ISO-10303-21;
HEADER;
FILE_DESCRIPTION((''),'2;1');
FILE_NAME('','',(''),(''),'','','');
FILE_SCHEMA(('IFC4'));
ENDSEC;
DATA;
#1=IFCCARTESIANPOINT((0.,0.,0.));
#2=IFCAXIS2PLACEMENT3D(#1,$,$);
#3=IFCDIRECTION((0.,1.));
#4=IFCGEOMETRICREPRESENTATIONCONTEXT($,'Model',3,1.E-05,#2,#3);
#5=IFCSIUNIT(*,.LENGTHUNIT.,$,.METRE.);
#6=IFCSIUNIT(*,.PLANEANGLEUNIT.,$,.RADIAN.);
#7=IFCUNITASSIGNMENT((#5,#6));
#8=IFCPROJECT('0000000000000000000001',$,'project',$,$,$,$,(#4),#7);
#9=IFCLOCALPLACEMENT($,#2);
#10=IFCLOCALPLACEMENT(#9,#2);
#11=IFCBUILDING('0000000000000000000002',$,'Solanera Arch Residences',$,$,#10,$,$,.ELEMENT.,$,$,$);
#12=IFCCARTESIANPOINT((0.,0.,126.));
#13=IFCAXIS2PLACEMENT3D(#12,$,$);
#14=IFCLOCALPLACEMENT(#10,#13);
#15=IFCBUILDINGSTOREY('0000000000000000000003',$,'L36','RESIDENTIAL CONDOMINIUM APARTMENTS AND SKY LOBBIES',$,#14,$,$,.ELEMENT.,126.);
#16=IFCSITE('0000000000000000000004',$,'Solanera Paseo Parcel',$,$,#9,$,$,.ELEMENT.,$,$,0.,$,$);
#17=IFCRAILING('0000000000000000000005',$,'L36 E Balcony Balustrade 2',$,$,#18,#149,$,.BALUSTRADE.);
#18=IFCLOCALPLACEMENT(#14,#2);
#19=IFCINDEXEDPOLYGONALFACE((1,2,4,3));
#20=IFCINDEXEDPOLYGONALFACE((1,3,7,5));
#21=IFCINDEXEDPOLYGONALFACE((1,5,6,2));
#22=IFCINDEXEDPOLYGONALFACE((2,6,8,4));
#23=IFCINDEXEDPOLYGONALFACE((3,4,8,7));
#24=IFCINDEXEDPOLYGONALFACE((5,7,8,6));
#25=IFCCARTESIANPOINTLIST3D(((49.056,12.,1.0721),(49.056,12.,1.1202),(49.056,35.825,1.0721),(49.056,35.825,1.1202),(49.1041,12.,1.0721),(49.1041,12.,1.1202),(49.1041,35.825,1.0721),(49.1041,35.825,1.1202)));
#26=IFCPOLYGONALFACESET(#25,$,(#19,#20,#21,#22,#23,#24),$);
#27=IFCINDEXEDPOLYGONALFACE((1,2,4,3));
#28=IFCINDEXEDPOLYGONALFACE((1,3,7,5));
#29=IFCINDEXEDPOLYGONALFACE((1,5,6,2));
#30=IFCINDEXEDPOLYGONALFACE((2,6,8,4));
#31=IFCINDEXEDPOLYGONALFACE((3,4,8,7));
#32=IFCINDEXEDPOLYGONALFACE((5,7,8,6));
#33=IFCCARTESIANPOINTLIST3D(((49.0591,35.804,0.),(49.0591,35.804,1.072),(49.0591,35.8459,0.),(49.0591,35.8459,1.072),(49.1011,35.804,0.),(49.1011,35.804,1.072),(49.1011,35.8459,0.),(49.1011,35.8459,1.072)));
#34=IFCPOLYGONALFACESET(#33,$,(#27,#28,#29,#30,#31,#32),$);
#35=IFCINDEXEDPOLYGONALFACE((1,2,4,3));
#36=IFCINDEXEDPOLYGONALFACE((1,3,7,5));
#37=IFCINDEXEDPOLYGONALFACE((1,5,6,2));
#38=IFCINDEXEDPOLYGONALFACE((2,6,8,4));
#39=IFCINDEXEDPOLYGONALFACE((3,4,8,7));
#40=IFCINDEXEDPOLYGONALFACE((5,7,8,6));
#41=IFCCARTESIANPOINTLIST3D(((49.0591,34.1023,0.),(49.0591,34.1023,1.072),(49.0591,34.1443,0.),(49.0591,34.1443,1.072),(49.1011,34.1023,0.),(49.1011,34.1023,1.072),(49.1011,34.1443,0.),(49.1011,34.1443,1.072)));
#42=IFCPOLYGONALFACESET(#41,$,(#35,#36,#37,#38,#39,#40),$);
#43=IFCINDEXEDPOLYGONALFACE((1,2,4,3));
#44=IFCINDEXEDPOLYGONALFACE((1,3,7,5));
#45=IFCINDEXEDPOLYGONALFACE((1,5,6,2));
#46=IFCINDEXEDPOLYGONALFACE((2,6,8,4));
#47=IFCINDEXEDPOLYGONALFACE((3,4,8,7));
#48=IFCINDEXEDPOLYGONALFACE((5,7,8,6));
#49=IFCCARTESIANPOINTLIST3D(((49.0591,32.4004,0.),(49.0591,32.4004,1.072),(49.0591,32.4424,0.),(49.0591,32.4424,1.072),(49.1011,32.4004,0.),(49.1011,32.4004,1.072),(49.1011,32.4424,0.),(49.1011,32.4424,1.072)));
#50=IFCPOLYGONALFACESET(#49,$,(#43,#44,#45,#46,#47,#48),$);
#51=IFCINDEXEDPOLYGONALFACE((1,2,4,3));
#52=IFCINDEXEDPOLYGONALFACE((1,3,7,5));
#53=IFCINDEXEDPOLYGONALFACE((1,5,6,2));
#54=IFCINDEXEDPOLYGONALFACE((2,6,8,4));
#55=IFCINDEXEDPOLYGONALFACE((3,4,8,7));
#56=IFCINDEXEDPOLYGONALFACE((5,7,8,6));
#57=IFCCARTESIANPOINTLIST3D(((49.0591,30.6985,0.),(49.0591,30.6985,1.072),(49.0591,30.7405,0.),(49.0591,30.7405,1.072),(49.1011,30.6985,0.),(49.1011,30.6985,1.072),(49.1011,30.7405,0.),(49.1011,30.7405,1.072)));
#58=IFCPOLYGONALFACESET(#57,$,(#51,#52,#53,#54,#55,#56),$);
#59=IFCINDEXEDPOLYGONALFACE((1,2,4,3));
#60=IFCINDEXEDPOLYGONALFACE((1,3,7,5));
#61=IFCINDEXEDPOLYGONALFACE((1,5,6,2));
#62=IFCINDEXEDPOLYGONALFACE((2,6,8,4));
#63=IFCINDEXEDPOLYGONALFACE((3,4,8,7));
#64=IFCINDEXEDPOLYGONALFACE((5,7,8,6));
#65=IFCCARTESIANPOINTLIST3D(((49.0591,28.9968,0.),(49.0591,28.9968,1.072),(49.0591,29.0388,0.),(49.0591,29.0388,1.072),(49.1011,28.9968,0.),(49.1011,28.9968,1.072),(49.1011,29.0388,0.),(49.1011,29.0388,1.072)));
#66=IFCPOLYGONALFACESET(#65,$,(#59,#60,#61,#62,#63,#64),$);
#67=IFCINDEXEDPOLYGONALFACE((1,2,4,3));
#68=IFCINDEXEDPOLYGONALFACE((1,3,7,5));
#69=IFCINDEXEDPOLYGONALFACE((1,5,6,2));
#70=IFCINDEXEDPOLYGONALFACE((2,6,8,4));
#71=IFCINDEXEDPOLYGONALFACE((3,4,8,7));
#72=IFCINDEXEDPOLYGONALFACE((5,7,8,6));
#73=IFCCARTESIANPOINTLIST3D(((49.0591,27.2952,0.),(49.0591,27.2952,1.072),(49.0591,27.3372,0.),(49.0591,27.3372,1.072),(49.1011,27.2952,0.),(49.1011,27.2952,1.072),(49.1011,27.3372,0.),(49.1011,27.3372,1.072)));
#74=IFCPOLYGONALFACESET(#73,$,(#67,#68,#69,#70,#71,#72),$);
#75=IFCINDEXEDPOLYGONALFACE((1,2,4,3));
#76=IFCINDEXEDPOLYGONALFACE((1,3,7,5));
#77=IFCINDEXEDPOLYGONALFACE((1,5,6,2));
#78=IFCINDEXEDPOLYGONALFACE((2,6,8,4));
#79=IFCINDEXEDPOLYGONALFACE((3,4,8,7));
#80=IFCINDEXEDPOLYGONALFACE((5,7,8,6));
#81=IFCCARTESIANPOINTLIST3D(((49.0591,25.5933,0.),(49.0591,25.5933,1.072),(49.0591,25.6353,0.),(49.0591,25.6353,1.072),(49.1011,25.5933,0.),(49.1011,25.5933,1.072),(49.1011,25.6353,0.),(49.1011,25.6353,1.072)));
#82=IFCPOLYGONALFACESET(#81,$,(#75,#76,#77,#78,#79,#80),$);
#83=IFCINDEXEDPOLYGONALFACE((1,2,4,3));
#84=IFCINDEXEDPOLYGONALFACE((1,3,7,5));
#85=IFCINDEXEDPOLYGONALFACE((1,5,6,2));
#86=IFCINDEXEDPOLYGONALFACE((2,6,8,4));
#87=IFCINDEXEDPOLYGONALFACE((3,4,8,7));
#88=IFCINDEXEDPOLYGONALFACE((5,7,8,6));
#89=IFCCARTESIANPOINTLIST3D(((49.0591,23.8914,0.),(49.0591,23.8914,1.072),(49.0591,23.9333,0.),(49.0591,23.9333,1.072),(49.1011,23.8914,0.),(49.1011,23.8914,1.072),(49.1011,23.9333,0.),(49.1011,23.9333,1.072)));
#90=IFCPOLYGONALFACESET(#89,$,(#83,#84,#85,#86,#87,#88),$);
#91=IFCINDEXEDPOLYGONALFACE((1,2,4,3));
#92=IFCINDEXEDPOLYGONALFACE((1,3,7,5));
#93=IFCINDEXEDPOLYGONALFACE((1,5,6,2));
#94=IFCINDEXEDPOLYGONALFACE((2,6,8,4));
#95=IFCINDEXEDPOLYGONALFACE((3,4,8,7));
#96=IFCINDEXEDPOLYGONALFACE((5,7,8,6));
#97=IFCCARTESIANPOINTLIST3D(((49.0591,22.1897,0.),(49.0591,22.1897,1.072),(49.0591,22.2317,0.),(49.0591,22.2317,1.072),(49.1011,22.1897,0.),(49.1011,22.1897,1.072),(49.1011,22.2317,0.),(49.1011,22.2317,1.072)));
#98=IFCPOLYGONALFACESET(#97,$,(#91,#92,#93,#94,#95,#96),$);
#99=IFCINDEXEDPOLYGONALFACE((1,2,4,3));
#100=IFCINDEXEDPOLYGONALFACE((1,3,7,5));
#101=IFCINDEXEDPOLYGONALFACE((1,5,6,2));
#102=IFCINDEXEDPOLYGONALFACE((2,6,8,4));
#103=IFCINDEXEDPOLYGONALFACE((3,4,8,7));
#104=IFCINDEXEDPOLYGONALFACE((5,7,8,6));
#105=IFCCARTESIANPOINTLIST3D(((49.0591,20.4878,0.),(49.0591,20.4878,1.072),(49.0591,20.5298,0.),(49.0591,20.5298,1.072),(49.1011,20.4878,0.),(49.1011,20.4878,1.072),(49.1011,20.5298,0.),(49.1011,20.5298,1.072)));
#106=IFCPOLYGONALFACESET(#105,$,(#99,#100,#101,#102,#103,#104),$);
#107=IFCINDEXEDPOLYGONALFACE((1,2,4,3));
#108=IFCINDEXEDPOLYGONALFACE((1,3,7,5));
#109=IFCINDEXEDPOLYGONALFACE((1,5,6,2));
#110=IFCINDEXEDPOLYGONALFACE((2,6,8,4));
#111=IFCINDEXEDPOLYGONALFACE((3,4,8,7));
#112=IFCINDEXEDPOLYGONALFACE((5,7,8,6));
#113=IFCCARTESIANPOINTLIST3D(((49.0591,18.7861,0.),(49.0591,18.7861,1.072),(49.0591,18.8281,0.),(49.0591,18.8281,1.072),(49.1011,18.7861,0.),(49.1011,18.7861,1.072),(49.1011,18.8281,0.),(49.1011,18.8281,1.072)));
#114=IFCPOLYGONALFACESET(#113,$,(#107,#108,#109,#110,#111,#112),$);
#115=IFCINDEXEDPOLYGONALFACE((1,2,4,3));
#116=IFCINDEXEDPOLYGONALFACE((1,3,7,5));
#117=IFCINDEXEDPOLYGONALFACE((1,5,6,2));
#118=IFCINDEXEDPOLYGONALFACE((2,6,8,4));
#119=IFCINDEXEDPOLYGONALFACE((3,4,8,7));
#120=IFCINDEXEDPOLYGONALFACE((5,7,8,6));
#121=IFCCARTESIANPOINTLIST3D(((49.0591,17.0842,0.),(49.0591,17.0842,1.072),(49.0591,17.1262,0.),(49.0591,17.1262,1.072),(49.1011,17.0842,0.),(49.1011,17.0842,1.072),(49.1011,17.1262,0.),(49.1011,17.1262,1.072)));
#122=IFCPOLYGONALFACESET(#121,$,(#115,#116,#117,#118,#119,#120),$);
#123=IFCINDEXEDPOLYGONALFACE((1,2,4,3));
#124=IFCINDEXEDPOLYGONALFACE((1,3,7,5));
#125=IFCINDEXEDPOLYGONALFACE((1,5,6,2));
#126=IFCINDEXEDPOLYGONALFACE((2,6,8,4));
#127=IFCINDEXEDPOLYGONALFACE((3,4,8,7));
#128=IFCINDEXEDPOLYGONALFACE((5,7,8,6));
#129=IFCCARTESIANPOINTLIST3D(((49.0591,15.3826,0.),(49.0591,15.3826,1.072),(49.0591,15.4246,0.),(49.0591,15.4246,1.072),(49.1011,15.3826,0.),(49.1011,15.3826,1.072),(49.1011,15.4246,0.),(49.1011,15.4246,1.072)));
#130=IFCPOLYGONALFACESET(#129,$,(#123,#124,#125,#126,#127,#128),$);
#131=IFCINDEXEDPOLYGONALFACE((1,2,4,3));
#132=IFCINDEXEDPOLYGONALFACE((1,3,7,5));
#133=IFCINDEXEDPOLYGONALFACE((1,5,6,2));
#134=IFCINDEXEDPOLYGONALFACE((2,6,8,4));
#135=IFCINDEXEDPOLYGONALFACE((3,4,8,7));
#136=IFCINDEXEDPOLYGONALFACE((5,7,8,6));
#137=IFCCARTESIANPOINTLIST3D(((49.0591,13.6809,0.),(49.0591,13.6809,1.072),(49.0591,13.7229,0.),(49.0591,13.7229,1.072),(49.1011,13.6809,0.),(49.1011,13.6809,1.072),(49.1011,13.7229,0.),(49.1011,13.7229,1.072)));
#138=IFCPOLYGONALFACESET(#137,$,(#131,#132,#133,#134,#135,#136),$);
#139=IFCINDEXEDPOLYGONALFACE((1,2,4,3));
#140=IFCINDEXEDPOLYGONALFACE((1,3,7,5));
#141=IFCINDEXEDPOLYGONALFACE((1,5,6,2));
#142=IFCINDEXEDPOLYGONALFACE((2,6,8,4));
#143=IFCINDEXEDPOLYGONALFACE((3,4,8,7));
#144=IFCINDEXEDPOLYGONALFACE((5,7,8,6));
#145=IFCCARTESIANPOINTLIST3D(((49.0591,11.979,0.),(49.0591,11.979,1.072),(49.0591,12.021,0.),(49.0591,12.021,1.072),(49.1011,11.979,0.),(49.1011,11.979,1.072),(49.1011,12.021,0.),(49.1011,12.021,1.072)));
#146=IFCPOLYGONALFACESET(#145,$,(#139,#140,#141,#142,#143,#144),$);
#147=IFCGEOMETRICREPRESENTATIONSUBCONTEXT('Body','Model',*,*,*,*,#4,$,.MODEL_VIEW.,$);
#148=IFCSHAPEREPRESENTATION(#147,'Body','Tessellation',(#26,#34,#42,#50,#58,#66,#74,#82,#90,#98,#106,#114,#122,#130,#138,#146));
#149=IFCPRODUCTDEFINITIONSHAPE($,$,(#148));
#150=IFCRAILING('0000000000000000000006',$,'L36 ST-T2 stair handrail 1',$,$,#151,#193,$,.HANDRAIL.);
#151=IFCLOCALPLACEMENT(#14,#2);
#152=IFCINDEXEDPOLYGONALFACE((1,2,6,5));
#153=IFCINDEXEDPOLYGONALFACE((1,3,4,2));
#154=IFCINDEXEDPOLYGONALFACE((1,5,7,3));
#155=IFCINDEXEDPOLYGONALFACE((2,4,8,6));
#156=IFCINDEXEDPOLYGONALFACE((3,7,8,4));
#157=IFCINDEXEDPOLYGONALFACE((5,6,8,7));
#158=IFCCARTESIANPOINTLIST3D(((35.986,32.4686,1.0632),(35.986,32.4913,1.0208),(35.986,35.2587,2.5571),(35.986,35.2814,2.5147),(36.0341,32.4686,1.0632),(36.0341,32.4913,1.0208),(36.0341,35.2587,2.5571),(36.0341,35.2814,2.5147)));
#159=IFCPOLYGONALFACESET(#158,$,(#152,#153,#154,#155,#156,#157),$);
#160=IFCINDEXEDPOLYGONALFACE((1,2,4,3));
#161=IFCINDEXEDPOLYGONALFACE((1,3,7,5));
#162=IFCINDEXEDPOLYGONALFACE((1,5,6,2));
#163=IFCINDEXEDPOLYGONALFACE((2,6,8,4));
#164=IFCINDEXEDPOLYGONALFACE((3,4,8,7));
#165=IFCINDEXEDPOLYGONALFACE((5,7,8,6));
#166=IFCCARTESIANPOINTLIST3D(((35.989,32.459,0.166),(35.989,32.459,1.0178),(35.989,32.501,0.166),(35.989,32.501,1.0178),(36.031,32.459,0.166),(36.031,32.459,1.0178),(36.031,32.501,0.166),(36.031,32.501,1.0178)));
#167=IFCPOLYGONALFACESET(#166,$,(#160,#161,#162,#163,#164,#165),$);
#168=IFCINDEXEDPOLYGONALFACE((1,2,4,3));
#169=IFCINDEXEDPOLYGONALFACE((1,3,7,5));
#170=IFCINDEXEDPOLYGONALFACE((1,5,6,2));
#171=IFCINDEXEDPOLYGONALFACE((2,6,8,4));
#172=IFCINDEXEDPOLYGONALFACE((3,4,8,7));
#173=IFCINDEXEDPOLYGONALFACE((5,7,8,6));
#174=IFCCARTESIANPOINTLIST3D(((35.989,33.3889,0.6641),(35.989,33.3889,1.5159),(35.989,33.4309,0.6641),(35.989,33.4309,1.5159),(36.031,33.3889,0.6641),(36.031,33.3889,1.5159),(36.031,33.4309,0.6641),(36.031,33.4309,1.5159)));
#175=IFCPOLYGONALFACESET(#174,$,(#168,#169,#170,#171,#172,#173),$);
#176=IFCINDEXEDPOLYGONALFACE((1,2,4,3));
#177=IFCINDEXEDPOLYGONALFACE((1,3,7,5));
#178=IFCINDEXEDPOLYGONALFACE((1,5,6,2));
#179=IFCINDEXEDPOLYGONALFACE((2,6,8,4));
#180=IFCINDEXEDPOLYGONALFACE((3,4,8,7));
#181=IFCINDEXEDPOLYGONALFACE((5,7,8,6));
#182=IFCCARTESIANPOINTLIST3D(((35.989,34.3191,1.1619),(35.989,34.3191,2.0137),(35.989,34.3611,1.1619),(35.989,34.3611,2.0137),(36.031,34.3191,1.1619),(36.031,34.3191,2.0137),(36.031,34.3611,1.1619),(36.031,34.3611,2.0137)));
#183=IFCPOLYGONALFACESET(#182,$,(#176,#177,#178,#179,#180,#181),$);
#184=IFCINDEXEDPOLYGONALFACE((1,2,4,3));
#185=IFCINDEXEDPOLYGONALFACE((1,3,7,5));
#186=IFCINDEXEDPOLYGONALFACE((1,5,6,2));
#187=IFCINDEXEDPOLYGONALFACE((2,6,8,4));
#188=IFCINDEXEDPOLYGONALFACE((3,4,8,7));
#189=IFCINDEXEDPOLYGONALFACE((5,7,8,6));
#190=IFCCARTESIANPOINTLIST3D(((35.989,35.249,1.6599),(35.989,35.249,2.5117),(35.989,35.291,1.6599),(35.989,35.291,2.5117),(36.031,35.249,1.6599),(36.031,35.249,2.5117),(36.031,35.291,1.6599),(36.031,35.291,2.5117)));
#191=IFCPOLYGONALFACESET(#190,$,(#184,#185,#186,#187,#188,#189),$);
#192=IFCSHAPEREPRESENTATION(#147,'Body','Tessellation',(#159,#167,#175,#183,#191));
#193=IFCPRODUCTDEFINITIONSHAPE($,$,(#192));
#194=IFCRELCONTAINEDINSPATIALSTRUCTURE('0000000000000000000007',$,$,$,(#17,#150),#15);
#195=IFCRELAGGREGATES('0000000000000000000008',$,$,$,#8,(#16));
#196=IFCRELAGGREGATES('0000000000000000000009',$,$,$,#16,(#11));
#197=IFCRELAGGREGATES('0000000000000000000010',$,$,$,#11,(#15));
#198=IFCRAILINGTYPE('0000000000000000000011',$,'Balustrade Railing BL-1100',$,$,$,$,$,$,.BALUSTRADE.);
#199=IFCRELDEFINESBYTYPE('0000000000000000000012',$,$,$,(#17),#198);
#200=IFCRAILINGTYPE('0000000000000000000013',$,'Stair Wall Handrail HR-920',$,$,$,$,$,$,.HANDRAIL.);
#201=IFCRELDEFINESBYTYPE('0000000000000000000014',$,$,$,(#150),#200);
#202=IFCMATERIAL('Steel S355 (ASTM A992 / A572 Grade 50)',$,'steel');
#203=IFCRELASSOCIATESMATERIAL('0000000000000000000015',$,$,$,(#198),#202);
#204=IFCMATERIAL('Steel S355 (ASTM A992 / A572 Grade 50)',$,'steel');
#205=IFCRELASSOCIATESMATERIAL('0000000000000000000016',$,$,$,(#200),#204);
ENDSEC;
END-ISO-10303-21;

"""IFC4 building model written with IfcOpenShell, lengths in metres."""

from ifc_helpers import new_model, si_unit, direction, frame, origin, origin_2d, place, context, subcontext, project, spatial, rectangle, extrude, material, type_object, element, save


model = new_model("IFC4")

# Units and contexts
model_context = context("Model", 3, precision=1e-05, world=origin(), true_north=direction((0.0, 1.0)))
body_context = subcontext(model_context, "Body", "Model", "MODEL_VIEW")
ifc_project = project(units=[si_unit("LENGTHUNIT", "METRE"), si_unit("PLANEANGLEUNIT", "RADIAN")], contexts=[model_context])

# Site, building, storey
site_placement = place(None, origin())
site = spatial("IfcSite", under=ifc_project, at=site_placement, Name="Solanera Paseo Parcel", CompositionType="ELEMENT", RefElevation=0.0)
building_placement = place(site_placement, origin())
building = spatial("IfcBuilding", under=site, at=building_placement, Name="Solanera Arch Residences", CompositionType="ELEMENT")
storey_placement = place(building_placement, frame((0.0, 0.0, 126.0)))
storey = spatial("IfcBuildingStorey", under=building, at=storey_placement, Name="L36", Description="RESIDENTIAL CONDOMINIUM APARTMENTS AND SKY LOBBIES", CompositionType="ELEMENT", Elevation=126.0)

# Railings
ifc_material_1 = material(Name="Steel S355 (ASTM A992 / A572 Grade 50)", Category="steel")
railing_type_1 = type_object("IfcRailingType", Name="Balustrade Railing BL-1100", PredefinedType="BALUSTRADE", material=ifc_material_1)
railing_1_placement = place(storey_placement, frame((49.0801, 35.825, 0.0)))
element("IfcRailing", 1, at=railing_1_placement, inside=storey, type_object=railing_type_1, Name="L36 E Balcony Balustrade 2", PredefinedType="BALUSTRADE", context=body_context, shape_type="SweptSolid", body=[
    extrude(rectangle(XDim=0.0481, YDim=0.0481, at=origin_2d()), frame((0.0, 0.0, 1.0962), z_axis=(0.0, -1.0, 0.0), x_axis=(1.0, 0.0, 0.0)), (0.0, 0.0, 1.0), 23.825),
    extrude(rectangle(XDim=0.042, YDim=0.042, at=origin_2d()), origin(), (0.0, 0.0, 1.0), 1.072),
    extrude(rectangle(XDim=0.042, YDim=0.042, at=origin_2d()), frame((0.0, -1.7017, 0.0)), (0.0, 0.0, 1.0), 1.072),
    extrude(rectangle(XDim=0.042, YDim=0.042, at=origin_2d()), frame((0.0, -3.4036, 0.0)), (0.0, 0.0, 1.0), 1.072),
    extrude(rectangle(XDim=0.042, YDim=0.042, at=origin_2d()), frame((0.0, -5.1055, 0.0)), (0.0, 0.0, 1.0), 1.072),
    extrude(rectangle(XDim=0.042, YDim=0.042, at=origin_2d()), frame((0.0, -6.8071, 0.0)), (0.0, 0.0, 1.0), 1.072),
    extrude(rectangle(XDim=0.042, YDim=0.042, at=origin_2d()), frame((0.0, -8.5088, 0.0)), (0.0, 0.0, 1.0), 1.072),
    extrude(rectangle(XDim=0.042, YDim=0.042, at=origin_2d()), frame((0.0, -10.2107, 0.0)), (0.0, 0.0, 1.0), 1.072),
    extrude(rectangle(XDim=0.042, YDim=0.042, at=origin_2d()), frame((0.0, -11.9126, 0.0)), (0.0, 0.0, 1.0), 1.072),
    extrude(rectangle(XDim=0.042, YDim=0.042, at=origin_2d()), frame((0.0, -13.6143, 0.0)), (0.0, 0.0, 1.0), 1.072),
    extrude(rectangle(XDim=0.042, YDim=0.042, at=origin_2d()), frame((0.0, -15.3162, 0.0)), (0.0, 0.0, 1.0), 1.072),
    extrude(rectangle(XDim=0.042, YDim=0.042, at=origin_2d()), frame((0.0, -17.0178, 0.0)), (0.0, 0.0, 1.0), 1.072),
    extrude(rectangle(XDim=0.042, YDim=0.042, at=origin_2d()), frame((0.0, -18.7197, 0.0)), (0.0, 0.0, 1.0), 1.072),
    extrude(rectangle(XDim=0.042, YDim=0.042, at=origin_2d()), frame((0.0, -20.4214, 0.0)), (0.0, 0.0, 1.0), 1.072),
    extrude(rectangle(XDim=0.042, YDim=0.042, at=origin_2d()), frame((0.0, -22.123, 0.0)), (0.0, 0.0, 1.0), 1.072),
    extrude(rectangle(XDim=0.042, YDim=0.042, at=origin_2d()), frame((0.0, -23.825, 0.0)), (0.0, 0.0, 1.0), 1.072),
])
ifc_material_2 = material(Name="Steel S355 (ASTM A992 / A572 Grade 50)", Category="steel")
railing_type_2 = type_object("IfcRailingType", Name="Stair Wall Handrail HR-920", PredefinedType="HANDRAIL", material=ifc_material_2)
railing_2_placement = place(storey_placement, frame((36.01, 32.48, 0.166)))
element("IfcRailing", 2, at=railing_2_placement, inside=storey, type_object=railing_type_2, Name="L36 ST-T2 stair handrail 1", PredefinedType="HANDRAIL", context=body_context, shape_type="SweptSolid", body=[
    extrude(rectangle(XDim=0.0481, YDim=0.0481, at=origin_2d()), frame((0.0, 0.0, 0.876), z_axis=(0.0, 0.881581, 0.472033), x_axis=(-1.0, 0.0, 0.0)), (0.0, 0.0, 1.0), 3.1648),
    extrude(rectangle(XDim=0.042, YDim=0.042, at=origin_2d()), origin(), (0.0, 0.0, 1.0), 0.8518),
    extrude(rectangle(XDim=0.042, YDim=0.042, at=origin_2d()), frame((0.0, 0.9299, 0.498)), (0.0, 0.0, 1.0), 0.8518),
    extrude(rectangle(XDim=0.042, YDim=0.042, at=origin_2d()), frame((0.0, 1.8601, 0.9958)), (0.0, 0.0, 1.0), 0.8518),
    extrude(rectangle(XDim=0.042, YDim=0.042, at=origin_2d()), frame((0.0, 2.79, 1.4939)), (0.0, 0.0, 1.0), 0.8518),
])

save(model, "model.ifc")
